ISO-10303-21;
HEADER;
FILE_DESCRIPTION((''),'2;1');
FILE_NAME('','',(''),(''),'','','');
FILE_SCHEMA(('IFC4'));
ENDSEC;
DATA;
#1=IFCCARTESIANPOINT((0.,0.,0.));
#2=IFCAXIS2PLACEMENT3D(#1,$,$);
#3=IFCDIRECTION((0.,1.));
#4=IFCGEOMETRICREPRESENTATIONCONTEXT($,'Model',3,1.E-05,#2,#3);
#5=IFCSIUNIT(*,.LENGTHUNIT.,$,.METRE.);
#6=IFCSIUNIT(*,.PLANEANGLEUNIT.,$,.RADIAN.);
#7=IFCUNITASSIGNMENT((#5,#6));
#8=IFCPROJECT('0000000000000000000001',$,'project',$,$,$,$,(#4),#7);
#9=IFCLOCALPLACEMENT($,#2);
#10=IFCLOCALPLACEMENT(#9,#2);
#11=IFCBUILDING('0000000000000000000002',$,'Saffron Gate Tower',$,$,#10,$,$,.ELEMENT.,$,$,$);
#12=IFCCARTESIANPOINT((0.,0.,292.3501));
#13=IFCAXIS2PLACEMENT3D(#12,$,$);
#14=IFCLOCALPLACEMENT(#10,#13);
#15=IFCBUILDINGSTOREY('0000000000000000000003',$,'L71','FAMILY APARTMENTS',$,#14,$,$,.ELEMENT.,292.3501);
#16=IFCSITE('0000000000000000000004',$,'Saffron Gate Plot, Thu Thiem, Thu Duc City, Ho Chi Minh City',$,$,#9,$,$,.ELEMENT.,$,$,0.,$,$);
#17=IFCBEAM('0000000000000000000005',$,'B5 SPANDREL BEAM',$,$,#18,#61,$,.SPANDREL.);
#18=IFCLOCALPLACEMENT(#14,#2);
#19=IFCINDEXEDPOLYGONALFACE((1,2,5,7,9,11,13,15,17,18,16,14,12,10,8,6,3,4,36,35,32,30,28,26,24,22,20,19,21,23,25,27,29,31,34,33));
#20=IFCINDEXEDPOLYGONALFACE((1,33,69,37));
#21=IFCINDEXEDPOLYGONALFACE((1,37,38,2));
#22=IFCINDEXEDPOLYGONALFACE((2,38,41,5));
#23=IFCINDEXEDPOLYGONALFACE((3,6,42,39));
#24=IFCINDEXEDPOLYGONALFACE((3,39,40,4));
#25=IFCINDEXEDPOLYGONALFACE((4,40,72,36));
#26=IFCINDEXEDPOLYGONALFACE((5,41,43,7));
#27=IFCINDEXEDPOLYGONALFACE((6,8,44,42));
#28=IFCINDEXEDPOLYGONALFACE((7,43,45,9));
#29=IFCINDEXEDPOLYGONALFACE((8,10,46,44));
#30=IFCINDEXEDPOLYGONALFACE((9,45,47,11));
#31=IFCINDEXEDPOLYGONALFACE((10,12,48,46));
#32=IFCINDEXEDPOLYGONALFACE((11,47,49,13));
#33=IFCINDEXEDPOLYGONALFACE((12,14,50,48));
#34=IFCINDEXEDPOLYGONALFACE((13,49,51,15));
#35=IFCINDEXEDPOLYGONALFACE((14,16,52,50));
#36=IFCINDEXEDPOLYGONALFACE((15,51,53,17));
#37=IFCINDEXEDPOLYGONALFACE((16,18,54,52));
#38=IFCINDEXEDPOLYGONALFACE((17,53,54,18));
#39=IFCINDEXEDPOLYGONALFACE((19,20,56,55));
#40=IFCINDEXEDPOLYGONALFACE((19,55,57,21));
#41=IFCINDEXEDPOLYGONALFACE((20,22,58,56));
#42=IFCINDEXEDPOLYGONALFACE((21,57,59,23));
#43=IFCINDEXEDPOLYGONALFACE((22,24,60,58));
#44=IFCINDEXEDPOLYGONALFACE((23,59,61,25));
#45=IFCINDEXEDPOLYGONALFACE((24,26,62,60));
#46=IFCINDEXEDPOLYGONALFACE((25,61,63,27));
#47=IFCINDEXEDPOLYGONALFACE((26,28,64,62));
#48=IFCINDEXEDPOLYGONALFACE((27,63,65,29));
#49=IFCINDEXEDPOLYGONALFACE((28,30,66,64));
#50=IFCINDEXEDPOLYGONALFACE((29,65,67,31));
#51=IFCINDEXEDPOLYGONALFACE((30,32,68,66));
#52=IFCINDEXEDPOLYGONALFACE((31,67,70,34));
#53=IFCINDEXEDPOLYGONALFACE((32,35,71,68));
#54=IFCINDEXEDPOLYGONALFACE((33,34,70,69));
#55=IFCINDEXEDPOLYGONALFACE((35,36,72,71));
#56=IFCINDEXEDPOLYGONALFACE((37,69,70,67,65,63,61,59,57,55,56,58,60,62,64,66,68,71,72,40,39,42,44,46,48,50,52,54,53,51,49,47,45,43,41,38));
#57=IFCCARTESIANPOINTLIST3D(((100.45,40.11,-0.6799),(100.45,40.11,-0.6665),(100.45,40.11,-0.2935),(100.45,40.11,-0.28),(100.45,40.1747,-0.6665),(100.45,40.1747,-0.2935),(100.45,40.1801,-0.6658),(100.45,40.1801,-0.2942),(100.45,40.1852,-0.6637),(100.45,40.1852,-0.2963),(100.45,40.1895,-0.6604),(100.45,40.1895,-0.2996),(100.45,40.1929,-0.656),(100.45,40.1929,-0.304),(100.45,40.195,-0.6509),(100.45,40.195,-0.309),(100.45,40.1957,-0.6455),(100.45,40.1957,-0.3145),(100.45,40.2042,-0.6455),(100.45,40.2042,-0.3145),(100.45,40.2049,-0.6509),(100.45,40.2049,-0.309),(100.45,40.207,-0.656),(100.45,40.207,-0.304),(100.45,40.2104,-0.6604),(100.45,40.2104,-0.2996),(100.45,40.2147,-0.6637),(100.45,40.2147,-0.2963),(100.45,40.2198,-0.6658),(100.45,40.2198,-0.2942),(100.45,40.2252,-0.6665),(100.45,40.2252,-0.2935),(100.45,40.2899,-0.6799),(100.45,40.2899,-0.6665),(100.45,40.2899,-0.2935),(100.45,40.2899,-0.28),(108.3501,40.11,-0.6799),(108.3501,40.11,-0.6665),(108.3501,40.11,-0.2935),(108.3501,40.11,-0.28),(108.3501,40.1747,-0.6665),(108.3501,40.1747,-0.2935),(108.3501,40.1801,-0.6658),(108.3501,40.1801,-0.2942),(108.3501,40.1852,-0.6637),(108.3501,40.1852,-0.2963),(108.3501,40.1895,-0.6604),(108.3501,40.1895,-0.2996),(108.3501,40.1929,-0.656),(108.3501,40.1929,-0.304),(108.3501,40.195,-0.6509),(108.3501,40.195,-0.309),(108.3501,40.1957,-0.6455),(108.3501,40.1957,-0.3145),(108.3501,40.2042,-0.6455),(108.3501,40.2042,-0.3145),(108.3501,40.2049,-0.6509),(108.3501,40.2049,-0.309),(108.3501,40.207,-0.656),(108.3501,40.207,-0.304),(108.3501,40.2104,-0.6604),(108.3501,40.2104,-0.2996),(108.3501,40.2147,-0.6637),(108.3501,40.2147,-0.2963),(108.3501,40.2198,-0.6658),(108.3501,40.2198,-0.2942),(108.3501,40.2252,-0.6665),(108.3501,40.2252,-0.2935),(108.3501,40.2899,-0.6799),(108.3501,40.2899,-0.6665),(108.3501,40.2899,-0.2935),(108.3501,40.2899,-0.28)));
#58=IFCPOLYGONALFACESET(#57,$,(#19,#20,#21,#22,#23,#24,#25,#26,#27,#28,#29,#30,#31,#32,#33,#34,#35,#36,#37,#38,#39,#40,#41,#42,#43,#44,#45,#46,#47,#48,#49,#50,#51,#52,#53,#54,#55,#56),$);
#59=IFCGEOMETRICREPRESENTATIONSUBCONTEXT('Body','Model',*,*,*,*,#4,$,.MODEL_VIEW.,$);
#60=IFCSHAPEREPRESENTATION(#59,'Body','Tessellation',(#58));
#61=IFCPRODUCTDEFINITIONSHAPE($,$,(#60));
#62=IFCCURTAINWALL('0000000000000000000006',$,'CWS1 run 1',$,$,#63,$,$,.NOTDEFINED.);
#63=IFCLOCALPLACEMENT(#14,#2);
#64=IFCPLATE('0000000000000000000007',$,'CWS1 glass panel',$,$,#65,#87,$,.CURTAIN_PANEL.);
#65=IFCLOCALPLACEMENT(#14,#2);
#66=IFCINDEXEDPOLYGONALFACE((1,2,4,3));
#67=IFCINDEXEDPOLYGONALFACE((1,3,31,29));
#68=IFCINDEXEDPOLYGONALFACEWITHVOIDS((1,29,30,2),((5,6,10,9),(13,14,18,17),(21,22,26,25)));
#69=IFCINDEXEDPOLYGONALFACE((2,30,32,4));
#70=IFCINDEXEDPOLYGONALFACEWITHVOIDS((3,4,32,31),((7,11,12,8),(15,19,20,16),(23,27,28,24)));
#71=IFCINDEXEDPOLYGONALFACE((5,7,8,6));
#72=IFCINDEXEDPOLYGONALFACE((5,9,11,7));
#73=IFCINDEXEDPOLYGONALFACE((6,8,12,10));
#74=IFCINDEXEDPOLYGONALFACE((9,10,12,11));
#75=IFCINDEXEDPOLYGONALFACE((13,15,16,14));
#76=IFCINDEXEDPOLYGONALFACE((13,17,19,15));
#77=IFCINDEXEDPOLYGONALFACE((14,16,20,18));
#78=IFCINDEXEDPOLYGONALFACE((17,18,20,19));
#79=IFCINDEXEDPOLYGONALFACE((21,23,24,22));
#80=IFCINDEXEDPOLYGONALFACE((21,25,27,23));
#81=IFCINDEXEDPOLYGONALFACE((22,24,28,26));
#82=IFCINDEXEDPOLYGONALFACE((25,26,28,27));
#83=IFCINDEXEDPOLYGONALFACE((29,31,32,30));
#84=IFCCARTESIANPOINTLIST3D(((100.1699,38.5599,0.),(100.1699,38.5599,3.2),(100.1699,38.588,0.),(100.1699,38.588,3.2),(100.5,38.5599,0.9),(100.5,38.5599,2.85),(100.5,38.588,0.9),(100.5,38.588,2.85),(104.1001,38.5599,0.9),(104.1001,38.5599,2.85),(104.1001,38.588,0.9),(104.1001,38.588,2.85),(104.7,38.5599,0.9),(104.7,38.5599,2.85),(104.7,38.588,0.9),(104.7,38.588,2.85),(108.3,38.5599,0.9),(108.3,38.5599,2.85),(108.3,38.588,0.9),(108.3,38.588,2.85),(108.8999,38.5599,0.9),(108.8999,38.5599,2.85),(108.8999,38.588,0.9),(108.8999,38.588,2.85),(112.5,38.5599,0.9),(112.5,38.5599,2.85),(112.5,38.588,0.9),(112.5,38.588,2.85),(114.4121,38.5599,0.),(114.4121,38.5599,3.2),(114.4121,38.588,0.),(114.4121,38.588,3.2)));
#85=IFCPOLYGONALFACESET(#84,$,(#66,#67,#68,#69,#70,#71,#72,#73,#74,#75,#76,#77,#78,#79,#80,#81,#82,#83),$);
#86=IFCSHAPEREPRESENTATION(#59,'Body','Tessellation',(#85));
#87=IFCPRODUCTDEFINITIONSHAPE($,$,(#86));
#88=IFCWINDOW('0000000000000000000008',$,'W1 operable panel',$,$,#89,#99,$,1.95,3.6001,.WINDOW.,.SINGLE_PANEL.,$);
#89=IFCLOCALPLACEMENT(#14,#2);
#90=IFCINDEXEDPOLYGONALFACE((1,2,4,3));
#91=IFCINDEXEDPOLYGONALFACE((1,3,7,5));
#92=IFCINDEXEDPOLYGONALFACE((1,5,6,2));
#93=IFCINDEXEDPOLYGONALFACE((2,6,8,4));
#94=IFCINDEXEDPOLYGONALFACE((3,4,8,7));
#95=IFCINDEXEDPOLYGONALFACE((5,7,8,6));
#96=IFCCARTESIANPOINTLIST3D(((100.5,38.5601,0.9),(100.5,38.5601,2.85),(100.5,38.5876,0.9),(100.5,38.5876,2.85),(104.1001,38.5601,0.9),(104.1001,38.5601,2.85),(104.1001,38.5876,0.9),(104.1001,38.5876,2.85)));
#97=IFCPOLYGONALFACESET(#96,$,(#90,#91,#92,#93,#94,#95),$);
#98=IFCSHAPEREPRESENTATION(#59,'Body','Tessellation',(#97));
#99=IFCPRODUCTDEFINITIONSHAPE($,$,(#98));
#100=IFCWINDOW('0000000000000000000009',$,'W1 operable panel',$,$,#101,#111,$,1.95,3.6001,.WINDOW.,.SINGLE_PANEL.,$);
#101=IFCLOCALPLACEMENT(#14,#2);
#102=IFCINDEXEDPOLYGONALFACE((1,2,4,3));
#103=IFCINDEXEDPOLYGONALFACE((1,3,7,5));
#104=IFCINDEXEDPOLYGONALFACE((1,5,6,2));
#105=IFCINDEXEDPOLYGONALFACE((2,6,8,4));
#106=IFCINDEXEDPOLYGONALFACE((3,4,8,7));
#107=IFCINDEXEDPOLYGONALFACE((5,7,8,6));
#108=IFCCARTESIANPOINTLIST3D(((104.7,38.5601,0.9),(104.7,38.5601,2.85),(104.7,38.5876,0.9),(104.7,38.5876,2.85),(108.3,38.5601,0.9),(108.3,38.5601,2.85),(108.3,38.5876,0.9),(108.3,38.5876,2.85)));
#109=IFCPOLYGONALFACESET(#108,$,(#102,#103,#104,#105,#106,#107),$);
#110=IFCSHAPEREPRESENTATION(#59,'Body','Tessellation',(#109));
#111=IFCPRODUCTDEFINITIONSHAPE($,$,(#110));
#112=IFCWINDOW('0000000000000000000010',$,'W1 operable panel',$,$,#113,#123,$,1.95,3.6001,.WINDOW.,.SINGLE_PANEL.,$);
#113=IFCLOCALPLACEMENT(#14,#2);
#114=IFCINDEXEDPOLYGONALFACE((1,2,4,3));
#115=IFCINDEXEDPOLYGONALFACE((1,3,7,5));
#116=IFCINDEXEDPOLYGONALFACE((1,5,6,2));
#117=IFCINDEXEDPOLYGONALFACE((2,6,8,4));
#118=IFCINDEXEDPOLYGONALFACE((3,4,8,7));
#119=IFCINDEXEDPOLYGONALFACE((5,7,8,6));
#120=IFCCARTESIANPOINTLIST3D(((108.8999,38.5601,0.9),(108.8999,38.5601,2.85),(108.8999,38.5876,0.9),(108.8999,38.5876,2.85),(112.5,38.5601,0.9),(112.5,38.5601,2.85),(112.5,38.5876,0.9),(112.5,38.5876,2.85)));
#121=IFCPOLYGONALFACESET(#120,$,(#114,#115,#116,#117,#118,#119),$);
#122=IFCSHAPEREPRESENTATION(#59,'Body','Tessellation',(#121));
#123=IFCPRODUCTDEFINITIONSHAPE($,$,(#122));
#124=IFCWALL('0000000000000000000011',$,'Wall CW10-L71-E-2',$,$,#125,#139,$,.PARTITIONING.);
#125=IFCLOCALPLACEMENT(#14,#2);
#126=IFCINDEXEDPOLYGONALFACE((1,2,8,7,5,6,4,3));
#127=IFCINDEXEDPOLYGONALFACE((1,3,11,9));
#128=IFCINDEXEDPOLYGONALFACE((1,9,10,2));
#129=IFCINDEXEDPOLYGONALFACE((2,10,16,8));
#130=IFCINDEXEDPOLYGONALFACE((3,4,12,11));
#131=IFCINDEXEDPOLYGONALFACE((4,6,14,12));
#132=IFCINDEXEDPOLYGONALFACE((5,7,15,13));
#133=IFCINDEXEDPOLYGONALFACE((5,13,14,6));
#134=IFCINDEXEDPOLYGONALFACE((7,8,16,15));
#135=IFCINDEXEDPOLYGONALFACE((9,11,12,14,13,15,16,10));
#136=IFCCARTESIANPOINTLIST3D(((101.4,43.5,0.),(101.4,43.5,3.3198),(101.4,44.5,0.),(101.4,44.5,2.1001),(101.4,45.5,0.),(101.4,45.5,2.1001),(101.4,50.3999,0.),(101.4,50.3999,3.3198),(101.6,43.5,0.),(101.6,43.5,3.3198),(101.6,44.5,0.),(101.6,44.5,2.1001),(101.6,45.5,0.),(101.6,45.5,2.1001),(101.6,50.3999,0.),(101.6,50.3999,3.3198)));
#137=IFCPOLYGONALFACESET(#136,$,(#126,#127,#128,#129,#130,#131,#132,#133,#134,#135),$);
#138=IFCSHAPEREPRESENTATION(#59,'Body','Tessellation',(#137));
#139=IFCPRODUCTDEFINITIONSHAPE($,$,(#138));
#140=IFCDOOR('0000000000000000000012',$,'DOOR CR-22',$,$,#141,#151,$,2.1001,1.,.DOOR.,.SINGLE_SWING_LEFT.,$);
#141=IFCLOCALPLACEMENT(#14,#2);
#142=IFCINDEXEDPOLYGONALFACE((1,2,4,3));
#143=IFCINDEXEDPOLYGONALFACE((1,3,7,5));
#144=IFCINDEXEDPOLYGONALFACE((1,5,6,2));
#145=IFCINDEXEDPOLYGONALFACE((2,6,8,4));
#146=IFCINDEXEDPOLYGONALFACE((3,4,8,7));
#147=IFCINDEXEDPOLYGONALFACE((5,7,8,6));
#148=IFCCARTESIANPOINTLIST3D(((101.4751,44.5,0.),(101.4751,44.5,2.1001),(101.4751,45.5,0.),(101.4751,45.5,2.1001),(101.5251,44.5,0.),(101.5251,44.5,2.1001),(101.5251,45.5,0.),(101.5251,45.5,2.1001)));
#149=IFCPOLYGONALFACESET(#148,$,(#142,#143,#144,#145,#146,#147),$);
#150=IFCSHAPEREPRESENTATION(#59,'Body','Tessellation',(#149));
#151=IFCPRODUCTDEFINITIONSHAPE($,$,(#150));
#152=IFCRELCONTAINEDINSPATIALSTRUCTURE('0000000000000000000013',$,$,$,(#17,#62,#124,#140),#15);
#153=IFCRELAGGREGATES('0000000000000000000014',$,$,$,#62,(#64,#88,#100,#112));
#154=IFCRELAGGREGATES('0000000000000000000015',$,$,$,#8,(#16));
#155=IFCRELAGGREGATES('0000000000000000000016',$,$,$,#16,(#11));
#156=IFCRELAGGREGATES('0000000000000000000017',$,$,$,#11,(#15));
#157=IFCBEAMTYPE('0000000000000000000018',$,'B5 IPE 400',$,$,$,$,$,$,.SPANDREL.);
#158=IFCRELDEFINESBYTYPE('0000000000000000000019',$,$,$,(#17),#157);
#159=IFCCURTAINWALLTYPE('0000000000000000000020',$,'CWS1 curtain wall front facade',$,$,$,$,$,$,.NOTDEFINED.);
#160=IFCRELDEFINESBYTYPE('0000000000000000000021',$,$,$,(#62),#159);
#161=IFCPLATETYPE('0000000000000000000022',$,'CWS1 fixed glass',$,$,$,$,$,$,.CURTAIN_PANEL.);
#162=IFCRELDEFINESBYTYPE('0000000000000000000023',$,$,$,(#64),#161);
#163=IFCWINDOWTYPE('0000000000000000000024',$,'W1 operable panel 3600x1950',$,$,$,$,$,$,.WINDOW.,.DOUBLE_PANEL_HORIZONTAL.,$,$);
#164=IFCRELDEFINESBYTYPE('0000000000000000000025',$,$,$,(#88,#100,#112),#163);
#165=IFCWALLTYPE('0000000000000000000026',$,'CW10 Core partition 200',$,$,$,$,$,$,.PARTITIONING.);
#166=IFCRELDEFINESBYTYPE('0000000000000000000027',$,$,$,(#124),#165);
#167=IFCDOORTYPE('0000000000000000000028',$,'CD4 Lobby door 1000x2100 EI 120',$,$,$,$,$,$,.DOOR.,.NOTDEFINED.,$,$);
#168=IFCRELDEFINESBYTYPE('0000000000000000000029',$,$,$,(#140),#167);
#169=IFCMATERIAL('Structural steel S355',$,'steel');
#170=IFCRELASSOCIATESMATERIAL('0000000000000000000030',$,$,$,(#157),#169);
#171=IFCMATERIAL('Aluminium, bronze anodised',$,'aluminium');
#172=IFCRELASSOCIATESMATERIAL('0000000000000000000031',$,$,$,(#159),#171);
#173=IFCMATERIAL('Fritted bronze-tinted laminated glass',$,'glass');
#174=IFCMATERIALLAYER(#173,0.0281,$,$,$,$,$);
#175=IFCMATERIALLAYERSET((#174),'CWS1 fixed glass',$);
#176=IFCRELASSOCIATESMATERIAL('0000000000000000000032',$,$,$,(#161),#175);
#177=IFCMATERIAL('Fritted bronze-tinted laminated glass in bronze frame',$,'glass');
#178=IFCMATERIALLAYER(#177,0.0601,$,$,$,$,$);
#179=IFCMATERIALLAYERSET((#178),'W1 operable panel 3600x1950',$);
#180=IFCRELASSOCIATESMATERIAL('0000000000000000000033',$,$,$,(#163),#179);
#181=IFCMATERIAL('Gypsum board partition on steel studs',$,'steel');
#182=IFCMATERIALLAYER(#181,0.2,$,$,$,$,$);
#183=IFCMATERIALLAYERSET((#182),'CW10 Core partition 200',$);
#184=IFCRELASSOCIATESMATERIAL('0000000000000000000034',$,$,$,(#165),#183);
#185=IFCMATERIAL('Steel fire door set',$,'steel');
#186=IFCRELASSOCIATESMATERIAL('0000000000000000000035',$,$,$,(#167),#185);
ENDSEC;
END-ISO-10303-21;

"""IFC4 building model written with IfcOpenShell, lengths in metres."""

from ifc_helpers import new_model, si_unit, direction, frame, frame_2d, origin, origin_2d, place, context, subcontext, project, spatial, rectangle, i_section, extrude, material, layer, layer_set, material_profile, profile_set, type_object, element, fill, aggregate, save


model = new_model("IFC4")

# Units and contexts
model_context = context("Model", 3, precision=1e-05, world=origin(), true_north=direction((0.0, 1.0)))
body_context = subcontext(model_context, "Body", "Model", "MODEL_VIEW")
ifc_project = project(units=[si_unit("LENGTHUNIT", "METRE"), si_unit("PLANEANGLEUNIT", "RADIAN")], contexts=[model_context])

# Site, building, storey
site_placement = place(None, origin())
site = spatial("IfcSite", under=ifc_project, at=site_placement, Name="Saffron Gate Plot, Thu Thiem, Thu Duc City, Ho Chi Minh City", CompositionType="ELEMENT", RefElevation=0.0)
building_placement = place(site_placement, origin())
building = spatial("IfcBuilding", under=site, at=building_placement, Name="Saffron Gate Tower", CompositionType="ELEMENT")
storey_placement = place(building_placement, frame((0.0, 0.0, 292.3501)))
storey = spatial("IfcBuildingStorey", under=building, at=storey_placement, Name="L71", Description="FAMILY APARTMENTS", CompositionType="ELEMENT", Elevation=292.3501)

# Beam
ifc_material_1 = material(Name="Structural steel S355", Category="steel")
ifc_material_profile_1 = material_profile(ifc_material_1, i_section(OverallWidth=0.1799, OverallDepth=0.3999, WebThickness=0.0085, FlangeThickness=0.0134, FilletRadius=0.021, at=origin_2d()))
ifc_profile_set_1 = profile_set([ifc_material_profile_1], Name="Structural steel S355")
beam_type_1 = type_object("IfcBeamType", Name="B5 IPE 400", PredefinedType="SPANDREL", material=ifc_profile_set_1)
beam_1_placement = place(storey_placement, frame((100.45, 40.2, -0.48), z_axis=(1.0, 0.0, 0.0), x_axis=(0.0, 1.0, 0.0)))
element("IfcBeam", 1, at=beam_1_placement, inside=storey, type_object=beam_type_1, Name="B5 SPANDREL BEAM", PredefinedType="SPANDREL", context=body_context, shape_type="SweptSolid", body=[
    extrude(i_section(OverallWidth=0.1799, OverallDepth=0.3999, WebThickness=0.0085, FlangeThickness=0.0134, FilletRadius=0.021, at=origin_2d()), origin(), (0.0, 0.0, 1.0), 7.9001),
])

# Curtain wall, plate, openings, windows
ifc_material_2 = material(Name="Aluminium, bronze anodised", Category="aluminium")
curtain_wall_type = type_object("IfcCurtainWallType", Name="CWS1 curtain wall front facade", PredefinedType="NOTDEFINED", material=ifc_material_2)
curtain_wall_placement = place(storey_placement, origin())
curtain_wall = element("IfcCurtainWall", 2, at=curtain_wall_placement, inside=storey, type_object=curtain_wall_type, Name="CWS1 run 1", PredefinedType="NOTDEFINED")
ifc_material_3 = material(Name="Fritted bronze-tinted laminated glass", Category="glass")
ifc_layer_1 = layer(ifc_material_3, 0.0281)
ifc_layer_set_1 = layer_set([ifc_layer_1], Name="CWS1 fixed glass")
plate_type = type_object("IfcPlateType", Name="CWS1 fixed glass", PredefinedType="CURTAIN_PANEL", material=ifc_layer_set_1)
plate_placement = place(storey_placement, frame((100.1699, 38.574, 0.0), z_axis=(0.0, 0.0, 1.0), x_axis=(1.0, 0.0, 0.0)))
plate = element("IfcPlate", 3, at=plate_placement, type_object=plate_type, Name="CWS1 glass panel", PredefinedType="CURTAIN_PANEL", context=body_context, shape_type="SweptSolid", body=[
    extrude(rectangle(XDim=14.2422, YDim=0.0281, at=frame_2d((7.1211, 0.0))), origin(), (0.0, 0.0, 1.0), 3.2),
])
opening_1_placement = place(plate_placement, frame((0.3301, 0.0, 0.8999)))
opening_1 = element("IfcOpeningElement", 4, at=opening_1_placement, cuts=plate, PredefinedType="OPENING", context=body_context, shape_type="SweptSolid", body=[
    extrude(rectangle(XDim=3.6001, YDim=1.95, at=frame_2d((1.8, 0.9751))), frame((0.0, 0.0239, 0.0), z_axis=(0.0, -1.0, 0.0), x_axis=(1.0, 0.0, 0.0)), (0.0, 0.0, 1.0), 0.0481),
])
opening_2_placement = place(plate_placement, frame((4.53, 0.0, 0.8999)))
opening_2 = element("IfcOpeningElement", 5, at=opening_2_placement, cuts=plate, PredefinedType="OPENING", context=body_context, shape_type="SweptSolid", body=[
    extrude(rectangle(XDim=3.6001, YDim=1.95, at=frame_2d((1.8, 0.9751))), frame((0.0, 0.0239, 0.0), z_axis=(0.0, -1.0, 0.0), x_axis=(1.0, 0.0, 0.0)), (0.0, 0.0, 1.0), 0.0481),
])
opening_3_placement = place(plate_placement, frame((8.73, 0.0, 0.8999)))
opening_3 = element("IfcOpeningElement", 6, at=opening_3_placement, cuts=plate, PredefinedType="OPENING", context=body_context, shape_type="SweptSolid", body=[
    extrude(rectangle(XDim=3.6001, YDim=1.95, at=frame_2d((1.8, 0.9751))), frame((0.0, 0.0239, 0.0), z_axis=(0.0, -1.0, 0.0), x_axis=(1.0, 0.0, 0.0)), (0.0, 0.0, 1.0), 0.0481),
])
ifc_material_4 = material(Name="Fritted bronze-tinted laminated glass in bronze frame", Category="glass")
ifc_layer_2 = layer(ifc_material_4, 0.0601)
ifc_layer_set_2 = layer_set([ifc_layer_2], Name="W1 operable panel 3600x1950")
window_type = type_object("IfcWindowType", Name="W1 operable panel 3600x1950", PartitioningType="DOUBLE_PANEL_HORIZONTAL", PredefinedType="WINDOW", material=ifc_layer_set_2)
window_1_placement = place(opening_1_placement, origin())
window_1 = element("IfcWindow", 7, at=window_1_placement, type_object=window_type, Name="W1 operable panel", OverallHeight=1.95, OverallWidth=3.6001, PartitioningType="SINGLE_PANEL", PredefinedType="WINDOW", context=body_context, shape_type="SweptSolid", body=[
    extrude(rectangle(XDim=3.6001, YDim=1.95, at=frame_2d((1.8, 0.9751))), frame((0.0, 0.0137, 0.0), z_axis=(0.0, -1.0, 0.0), x_axis=(1.0, 0.0, 0.0)), (0.0, 0.0, 1.0), 0.0276),
])
fill(opening_1, window_1)
window_2_placement = place(opening_2_placement, origin())
window_2 = element("IfcWindow", 8, at=window_2_placement, type_object=window_type, Name="W1 operable panel", OverallHeight=1.95, OverallWidth=3.6001, PartitioningType="SINGLE_PANEL", PredefinedType="WINDOW", context=body_context, shape_type="SweptSolid", body=[
    extrude(rectangle(XDim=3.6001, YDim=1.95, at=frame_2d((1.8, 0.9751))), frame((0.0, 0.0137, 0.0), z_axis=(0.0, -1.0, 0.0), x_axis=(1.0, 0.0, 0.0)), (0.0, 0.0, 1.0), 0.0276),
])
fill(opening_2, window_2)
window_3_placement = place(opening_3_placement, origin())
window_3 = element("IfcWindow", 9, at=window_3_placement, type_object=window_type, Name="W1 operable panel", OverallHeight=1.95, OverallWidth=3.6001, PartitioningType="SINGLE_PANEL", PredefinedType="WINDOW", context=body_context, shape_type="SweptSolid", body=[
    extrude(rectangle(XDim=3.6001, YDim=1.95, at=frame_2d((1.8, 0.9751))), frame((0.0, 0.0137, 0.0), z_axis=(0.0, -1.0, 0.0), x_axis=(1.0, 0.0, 0.0)), (0.0, 0.0, 1.0), 0.0276),
])
fill(opening_3, window_3)
aggregate(curtain_wall, [plate, window_1, window_2, window_3])

# Wall, opening, door
ifc_material_5 = material(Name="Gypsum board partition on steel studs", Category="steel")
ifc_layer_3 = layer(ifc_material_5, 0.2)
ifc_layer_set_3 = layer_set([ifc_layer_3], Name="CW10 Core partition 200")
wall_type_1 = type_object("IfcWallType", Name="CW10 Core partition 200", PredefinedType="PARTITIONING", material=ifc_layer_set_3)
wall_1_placement = place(storey_placement, frame((101.5, 43.5, 0.0), z_axis=(0.0, 0.0, 1.0), x_axis=(0.0, 1.0, 0.0)))
wall_1 = element("IfcWall", 10, at=wall_1_placement, inside=storey, type_object=wall_type_1, Name="Wall CW10-L71-E-2", PredefinedType="PARTITIONING", context=body_context, shape_type="SweptSolid", body=[
    extrude(rectangle(XDim=6.8999, YDim=0.2, at=frame_2d((3.45, 0.0))), origin(), (0.0, 0.0, 1.0), 3.3198),
])
opening_4_placement = place(wall_1_placement, frame((1.0, 0.0, 0.0)))
opening_4 = element("IfcOpeningElement", 11, at=opening_4_placement, cuts=wall_1, PredefinedType="OPENING", context=body_context, shape_type="SweptSolid", body=[
    extrude(rectangle(XDim=1.0, YDim=2.1001, at=frame_2d((0.5, 1.05))), frame((0.0, 0.1099, 0.0), z_axis=(0.0, -1.0, 0.0), x_axis=(1.0, 0.0, 0.0)), (0.0, 0.0, 1.0), 0.22),
])
ifc_material_6 = material(Name="Steel fire door set", Category="steel")
door_type_1 = type_object("IfcDoorType", Name="CD4 Lobby door 1000x2100 EI 120", OperationType="NOTDEFINED", PredefinedType="DOOR", material=ifc_material_6)
door_1_placement = place(opening_4_placement, origin())
door_1 = element("IfcDoor", 12, at=door_1_placement, inside=storey, type_object=door_type_1, Name="DOOR CR-22", OperationType="SINGLE_SWING_LEFT", OverallHeight=2.1001, OverallWidth=1.0, PredefinedType="DOOR", context=body_context, shape_type="SweptSolid", body=[
    extrude(rectangle(XDim=1.0, YDim=2.1001, at=frame_2d((0.5, 1.05))), frame((0.0, 0.0249, 0.0), z_axis=(0.0, -1.0, 0.0), x_axis=(1.0, 0.0, 0.0)), (0.0, 0.0, 1.0), 0.05),
])
fill(opening_4, door_1)

save(model, "model.ifc")
